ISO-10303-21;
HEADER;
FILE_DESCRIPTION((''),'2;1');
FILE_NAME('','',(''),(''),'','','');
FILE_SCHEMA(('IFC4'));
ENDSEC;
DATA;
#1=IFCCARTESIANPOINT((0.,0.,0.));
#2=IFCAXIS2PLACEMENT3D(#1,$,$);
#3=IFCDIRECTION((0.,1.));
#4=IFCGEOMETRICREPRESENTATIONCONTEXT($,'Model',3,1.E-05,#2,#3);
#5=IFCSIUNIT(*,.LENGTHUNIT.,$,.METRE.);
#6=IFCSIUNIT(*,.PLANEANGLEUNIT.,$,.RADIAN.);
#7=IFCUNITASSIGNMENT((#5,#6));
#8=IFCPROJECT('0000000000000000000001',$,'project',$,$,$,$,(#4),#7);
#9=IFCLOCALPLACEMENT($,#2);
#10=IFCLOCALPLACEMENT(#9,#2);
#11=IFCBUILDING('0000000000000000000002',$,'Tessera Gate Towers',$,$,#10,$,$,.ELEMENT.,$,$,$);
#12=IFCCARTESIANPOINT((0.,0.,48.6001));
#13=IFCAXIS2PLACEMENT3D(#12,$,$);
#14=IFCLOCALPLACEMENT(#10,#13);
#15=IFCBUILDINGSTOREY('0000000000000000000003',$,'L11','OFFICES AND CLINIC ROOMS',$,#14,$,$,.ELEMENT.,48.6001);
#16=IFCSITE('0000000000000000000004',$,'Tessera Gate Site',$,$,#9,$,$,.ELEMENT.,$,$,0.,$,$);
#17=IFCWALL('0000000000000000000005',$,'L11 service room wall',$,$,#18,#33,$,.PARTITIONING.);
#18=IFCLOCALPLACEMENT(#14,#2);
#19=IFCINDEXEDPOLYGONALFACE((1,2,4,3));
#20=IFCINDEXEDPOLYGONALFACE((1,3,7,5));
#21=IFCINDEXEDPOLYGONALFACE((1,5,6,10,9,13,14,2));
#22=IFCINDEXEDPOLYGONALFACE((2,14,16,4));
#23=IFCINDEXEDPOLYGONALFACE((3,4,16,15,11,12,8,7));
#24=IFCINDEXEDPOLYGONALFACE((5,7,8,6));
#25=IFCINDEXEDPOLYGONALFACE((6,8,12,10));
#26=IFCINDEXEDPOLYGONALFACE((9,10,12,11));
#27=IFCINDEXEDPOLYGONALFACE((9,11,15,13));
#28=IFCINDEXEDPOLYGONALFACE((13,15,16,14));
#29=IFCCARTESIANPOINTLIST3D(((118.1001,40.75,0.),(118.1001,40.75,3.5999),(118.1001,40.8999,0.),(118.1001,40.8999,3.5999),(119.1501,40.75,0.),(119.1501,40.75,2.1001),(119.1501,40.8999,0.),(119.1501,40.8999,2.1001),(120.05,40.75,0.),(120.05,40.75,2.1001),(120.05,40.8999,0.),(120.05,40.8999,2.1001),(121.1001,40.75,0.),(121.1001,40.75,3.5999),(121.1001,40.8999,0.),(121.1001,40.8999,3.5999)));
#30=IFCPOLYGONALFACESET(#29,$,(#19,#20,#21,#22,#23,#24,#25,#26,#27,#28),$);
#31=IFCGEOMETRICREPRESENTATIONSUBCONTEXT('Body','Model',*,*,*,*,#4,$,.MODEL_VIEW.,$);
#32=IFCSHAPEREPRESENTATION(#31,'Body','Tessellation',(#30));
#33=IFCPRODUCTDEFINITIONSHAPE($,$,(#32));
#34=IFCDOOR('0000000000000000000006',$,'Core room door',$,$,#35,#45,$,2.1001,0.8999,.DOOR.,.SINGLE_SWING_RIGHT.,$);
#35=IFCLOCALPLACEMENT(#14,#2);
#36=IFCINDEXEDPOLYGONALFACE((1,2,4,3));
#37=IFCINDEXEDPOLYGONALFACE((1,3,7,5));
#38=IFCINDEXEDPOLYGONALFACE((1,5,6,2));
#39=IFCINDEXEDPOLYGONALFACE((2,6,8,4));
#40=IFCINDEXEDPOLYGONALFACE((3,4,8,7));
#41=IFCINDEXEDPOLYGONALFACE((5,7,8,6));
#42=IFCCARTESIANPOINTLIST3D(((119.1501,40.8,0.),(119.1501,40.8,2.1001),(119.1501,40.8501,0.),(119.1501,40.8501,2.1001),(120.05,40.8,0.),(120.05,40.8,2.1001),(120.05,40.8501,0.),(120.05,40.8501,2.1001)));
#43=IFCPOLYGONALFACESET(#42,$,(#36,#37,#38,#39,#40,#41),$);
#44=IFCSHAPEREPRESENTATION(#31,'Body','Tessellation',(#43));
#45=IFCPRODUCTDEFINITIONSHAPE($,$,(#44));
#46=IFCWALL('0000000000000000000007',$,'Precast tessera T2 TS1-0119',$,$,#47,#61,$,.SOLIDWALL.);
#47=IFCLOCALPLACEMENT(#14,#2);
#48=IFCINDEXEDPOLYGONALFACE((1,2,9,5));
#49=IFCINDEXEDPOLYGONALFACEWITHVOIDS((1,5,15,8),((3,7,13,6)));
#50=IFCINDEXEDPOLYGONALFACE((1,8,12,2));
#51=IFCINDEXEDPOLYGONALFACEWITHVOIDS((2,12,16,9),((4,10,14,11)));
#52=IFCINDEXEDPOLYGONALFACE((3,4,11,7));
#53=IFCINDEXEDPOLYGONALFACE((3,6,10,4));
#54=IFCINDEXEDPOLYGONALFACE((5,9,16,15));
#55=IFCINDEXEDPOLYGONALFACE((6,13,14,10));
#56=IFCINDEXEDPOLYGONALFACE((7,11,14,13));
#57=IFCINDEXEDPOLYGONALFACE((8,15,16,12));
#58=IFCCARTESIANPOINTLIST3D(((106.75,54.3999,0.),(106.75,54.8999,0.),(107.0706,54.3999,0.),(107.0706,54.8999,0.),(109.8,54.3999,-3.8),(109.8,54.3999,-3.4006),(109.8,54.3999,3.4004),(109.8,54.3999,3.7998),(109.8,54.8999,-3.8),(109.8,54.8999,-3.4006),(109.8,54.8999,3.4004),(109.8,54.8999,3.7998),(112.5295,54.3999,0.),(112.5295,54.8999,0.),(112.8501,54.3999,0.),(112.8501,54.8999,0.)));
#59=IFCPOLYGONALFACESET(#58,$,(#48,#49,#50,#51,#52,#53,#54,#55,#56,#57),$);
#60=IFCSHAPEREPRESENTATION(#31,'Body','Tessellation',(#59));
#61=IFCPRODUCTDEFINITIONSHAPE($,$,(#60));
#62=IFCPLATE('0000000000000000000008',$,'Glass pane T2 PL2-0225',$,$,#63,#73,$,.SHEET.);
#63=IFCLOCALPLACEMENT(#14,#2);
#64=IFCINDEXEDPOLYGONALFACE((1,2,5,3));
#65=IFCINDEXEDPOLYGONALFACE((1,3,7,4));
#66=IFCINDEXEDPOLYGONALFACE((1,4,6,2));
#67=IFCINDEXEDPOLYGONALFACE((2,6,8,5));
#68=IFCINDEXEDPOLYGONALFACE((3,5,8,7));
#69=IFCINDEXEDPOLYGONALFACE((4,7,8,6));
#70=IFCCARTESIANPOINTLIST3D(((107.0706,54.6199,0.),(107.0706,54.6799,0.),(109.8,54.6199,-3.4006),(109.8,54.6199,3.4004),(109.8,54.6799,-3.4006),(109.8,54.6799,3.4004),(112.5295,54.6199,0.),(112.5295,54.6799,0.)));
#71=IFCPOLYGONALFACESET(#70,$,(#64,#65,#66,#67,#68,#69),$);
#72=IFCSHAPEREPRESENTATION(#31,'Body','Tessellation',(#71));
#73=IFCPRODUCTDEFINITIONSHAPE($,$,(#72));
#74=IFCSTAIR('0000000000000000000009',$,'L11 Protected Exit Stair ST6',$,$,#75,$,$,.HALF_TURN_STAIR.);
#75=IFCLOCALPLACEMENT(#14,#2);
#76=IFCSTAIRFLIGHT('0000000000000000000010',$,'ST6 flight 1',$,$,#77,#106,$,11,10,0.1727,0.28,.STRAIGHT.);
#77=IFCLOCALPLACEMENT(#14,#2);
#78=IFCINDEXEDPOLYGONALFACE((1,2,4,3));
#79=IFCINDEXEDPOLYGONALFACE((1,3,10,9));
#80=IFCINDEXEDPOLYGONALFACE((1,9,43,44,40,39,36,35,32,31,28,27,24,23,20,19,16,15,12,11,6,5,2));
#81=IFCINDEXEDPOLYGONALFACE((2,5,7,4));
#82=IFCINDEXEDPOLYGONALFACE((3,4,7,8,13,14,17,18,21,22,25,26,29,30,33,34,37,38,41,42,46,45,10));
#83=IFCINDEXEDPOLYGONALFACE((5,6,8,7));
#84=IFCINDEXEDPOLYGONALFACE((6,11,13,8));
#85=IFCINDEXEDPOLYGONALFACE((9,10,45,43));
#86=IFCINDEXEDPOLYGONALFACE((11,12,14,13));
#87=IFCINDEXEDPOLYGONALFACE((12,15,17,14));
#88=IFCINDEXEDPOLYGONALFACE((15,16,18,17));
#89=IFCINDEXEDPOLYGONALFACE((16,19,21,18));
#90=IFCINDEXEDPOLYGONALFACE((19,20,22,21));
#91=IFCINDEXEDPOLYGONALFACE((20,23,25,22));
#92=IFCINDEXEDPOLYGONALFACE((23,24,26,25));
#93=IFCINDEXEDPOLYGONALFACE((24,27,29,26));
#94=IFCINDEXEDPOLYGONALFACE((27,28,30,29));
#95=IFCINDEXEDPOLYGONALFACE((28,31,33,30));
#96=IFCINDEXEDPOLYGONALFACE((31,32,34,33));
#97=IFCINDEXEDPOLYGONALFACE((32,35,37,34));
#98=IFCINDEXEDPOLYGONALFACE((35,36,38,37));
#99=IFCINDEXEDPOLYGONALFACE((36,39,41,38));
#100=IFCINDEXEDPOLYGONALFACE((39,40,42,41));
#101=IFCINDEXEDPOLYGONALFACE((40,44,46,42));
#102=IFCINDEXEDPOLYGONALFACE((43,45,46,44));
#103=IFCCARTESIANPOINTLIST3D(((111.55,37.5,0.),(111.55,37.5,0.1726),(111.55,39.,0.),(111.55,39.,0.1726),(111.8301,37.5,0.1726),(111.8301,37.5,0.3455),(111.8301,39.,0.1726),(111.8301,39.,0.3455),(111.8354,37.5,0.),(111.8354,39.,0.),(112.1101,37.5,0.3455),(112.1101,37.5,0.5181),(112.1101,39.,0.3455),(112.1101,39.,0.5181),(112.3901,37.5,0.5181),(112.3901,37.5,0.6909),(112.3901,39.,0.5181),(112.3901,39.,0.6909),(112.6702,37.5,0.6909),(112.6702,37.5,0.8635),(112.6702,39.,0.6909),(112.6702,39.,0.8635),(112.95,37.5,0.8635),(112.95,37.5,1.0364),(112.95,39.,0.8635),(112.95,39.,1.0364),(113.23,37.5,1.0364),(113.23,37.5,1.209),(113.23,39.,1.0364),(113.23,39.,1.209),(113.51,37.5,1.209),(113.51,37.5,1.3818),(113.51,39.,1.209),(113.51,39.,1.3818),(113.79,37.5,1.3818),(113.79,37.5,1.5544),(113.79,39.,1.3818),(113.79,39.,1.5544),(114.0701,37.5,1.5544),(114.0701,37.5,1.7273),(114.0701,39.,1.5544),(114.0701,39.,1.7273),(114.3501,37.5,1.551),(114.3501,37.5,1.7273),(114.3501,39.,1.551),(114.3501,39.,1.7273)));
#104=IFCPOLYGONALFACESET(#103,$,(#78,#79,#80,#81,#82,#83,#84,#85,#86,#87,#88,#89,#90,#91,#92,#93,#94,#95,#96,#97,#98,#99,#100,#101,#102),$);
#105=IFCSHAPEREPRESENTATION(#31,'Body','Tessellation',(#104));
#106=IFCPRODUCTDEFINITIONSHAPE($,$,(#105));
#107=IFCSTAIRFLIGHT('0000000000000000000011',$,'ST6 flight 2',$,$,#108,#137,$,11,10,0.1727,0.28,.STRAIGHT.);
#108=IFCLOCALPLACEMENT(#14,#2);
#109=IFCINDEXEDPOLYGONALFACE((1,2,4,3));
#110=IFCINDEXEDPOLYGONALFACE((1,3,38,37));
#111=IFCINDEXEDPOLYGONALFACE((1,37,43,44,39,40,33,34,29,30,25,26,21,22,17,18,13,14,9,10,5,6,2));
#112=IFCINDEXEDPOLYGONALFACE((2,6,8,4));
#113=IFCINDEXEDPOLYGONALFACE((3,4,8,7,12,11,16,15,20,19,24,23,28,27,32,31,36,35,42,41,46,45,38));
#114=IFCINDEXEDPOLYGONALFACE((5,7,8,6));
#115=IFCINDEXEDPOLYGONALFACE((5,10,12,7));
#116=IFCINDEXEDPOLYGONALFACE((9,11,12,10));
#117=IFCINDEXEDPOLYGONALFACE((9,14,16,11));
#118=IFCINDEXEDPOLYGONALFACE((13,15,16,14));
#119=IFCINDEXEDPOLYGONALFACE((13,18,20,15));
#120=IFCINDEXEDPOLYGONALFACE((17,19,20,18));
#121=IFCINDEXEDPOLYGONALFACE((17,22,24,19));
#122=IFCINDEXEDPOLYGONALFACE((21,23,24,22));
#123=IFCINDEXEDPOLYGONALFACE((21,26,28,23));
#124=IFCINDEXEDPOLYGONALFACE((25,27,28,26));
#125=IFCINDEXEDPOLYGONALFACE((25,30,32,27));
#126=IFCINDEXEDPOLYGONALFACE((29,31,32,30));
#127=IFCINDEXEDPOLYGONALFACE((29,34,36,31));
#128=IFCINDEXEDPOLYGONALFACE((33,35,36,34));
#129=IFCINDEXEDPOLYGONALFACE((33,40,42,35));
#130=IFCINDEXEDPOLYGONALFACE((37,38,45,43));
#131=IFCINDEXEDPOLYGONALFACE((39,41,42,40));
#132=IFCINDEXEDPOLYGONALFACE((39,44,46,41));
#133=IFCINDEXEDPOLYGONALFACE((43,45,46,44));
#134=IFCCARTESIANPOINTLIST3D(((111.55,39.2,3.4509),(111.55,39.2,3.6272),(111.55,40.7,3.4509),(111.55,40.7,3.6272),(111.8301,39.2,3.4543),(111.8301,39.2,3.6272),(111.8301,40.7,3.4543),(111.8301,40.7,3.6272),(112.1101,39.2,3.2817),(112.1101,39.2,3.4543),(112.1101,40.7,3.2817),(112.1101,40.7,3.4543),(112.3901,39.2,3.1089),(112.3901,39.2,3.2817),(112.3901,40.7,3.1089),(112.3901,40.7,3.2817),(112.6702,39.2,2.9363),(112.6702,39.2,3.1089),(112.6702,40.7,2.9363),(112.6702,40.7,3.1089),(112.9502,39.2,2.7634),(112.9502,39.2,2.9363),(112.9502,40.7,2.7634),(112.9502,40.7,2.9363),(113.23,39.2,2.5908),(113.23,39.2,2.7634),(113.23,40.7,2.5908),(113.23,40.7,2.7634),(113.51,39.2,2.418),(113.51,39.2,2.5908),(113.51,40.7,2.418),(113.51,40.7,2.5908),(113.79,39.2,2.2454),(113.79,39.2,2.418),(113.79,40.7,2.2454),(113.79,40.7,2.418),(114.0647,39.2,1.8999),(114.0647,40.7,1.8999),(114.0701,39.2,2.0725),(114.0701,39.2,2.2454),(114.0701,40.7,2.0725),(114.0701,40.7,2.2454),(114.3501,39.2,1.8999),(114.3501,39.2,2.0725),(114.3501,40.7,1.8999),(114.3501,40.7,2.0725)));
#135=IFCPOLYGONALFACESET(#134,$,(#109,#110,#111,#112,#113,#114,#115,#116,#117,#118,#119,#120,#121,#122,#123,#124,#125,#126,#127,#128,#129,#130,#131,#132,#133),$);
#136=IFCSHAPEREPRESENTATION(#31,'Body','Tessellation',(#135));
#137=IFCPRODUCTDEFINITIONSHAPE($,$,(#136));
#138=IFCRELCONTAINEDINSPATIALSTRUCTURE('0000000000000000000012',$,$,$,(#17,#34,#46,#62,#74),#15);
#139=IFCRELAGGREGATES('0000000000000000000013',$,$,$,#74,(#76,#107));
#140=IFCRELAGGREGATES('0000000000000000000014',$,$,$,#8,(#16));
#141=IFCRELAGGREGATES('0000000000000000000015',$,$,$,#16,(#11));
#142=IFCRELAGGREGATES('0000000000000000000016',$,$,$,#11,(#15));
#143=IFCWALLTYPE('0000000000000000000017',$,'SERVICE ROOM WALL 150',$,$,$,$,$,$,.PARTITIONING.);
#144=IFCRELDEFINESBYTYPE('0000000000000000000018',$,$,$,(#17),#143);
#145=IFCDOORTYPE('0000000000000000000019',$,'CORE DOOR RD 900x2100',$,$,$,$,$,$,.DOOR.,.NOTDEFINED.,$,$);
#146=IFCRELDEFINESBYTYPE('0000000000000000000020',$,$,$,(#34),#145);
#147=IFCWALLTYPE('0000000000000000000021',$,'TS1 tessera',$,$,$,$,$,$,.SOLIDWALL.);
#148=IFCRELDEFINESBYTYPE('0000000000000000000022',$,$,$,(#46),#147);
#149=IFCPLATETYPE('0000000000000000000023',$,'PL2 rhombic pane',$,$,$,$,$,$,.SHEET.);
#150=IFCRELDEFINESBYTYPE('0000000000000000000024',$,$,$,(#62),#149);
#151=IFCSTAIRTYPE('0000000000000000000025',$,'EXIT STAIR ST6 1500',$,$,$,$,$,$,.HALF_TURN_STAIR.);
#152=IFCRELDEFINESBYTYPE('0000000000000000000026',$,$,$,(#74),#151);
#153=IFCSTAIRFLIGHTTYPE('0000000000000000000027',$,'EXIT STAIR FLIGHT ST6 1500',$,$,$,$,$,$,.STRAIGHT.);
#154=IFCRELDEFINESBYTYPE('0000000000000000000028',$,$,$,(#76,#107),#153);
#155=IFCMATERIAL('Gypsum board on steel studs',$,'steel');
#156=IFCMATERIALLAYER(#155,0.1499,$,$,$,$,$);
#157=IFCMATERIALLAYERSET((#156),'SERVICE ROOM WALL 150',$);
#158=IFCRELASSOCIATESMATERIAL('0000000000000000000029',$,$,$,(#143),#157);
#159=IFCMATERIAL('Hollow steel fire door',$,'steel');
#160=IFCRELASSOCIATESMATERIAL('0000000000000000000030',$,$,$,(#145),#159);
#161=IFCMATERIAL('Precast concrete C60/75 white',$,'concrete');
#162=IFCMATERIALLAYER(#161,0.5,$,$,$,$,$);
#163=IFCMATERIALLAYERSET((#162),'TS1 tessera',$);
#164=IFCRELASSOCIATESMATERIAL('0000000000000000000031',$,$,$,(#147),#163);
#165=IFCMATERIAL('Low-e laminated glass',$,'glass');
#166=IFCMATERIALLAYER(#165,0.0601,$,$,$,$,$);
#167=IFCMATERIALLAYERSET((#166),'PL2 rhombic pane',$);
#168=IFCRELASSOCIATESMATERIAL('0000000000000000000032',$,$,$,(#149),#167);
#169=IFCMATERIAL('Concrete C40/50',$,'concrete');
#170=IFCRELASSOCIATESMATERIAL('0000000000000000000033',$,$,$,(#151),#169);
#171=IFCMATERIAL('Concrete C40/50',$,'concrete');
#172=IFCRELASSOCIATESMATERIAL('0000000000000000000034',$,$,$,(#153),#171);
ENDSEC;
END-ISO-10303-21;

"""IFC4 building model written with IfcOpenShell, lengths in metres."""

from ifc_helpers import new_model, si_unit, direction, frame, frame_2d, origin, place, context, subcontext, project, spatial, polyline, rectangle, outline, extrude, source, transform, mapped, material, layer, layer_set, type_object, element, fill, aggregate, save


model = new_model("IFC4")

# Units and contexts
model_context = context("Model", 3, precision=1e-05, world=origin(), true_north=direction((0.0, 1.0)))
body_context = subcontext(model_context, "Body", "Model", "MODEL_VIEW")
ifc_project = project(units=[si_unit("LENGTHUNIT", "METRE"), si_unit("PLANEANGLEUNIT", "RADIAN")], contexts=[model_context])

# Site, building, storey
site_placement = place(None, origin())
site = spatial("IfcSite", under=ifc_project, at=site_placement, Name="Tessera Gate Site", CompositionType="ELEMENT", RefElevation=0.0)
building_placement = place(site_placement, origin())
building = spatial("IfcBuilding", under=site, at=building_placement, Name="Tessera Gate Towers", CompositionType="ELEMENT")
storey_placement = place(building_placement, frame((0.0, 0.0, 48.6001)))
storey = spatial("IfcBuildingStorey", under=building, at=storey_placement, Name="L11", Description="OFFICES AND CLINIC ROOMS", CompositionType="ELEMENT", Elevation=48.6001)

# Wall, opening, door
ifc_material_1 = material(Name="Gypsum board on steel studs", Category="steel")
ifc_layer_1 = layer(ifc_material_1, 0.1499)
ifc_layer_set_1 = layer_set([ifc_layer_1], Name="SERVICE ROOM WALL 150")
wall_type_1 = type_object("IfcWallType", Name="SERVICE ROOM WALL 150", PredefinedType="PARTITIONING", material=ifc_layer_set_1)
wall_1_placement = place(storey_placement, frame((121.1001, 40.825, 0.0), z_axis=(0.0, 0.0, 1.0), x_axis=(-1.0, 0.0, 0.0)))
wall_1 = element("IfcWall", 1, at=wall_1_placement, inside=storey, type_object=wall_type_1, Name="L11 service room wall", PredefinedType="PARTITIONING", context=body_context, shape_type="SweptSolid", body=[
    extrude(rectangle(XDim=3.0, YDim=0.1499, at=frame_2d((1.5, 0.0))), origin(), (0.0, 0.0, 1.0), 3.5999),
])
shared_shape_1 = source(origin(), body_context, "Body", "SweptSolid", [
    extrude(rectangle(XDim=0.8999, YDim=2.1001, at=frame_2d((0.45, 1.05))), frame((0.0, 0.085, 0.0), z_axis=(0.0, -1.0, 0.0), x_axis=(1.0, 0.0, 0.0)), (0.0, 0.0, 1.0), 0.1699),
])
opening_1_placement = place(wall_1_placement, frame((1.05, 0.0, 0.0)))
opening_1 = element("IfcOpeningElement", 2, at=opening_1_placement, cuts=wall_1, PredefinedType="OPENING", context=body_context, shape_type="MappedRepresentation", body=[
    mapped(shared_shape_1, transform((0.0, 0.0, 0.0), scale=1.0)),
])
ifc_material_2 = material(Name="Hollow steel fire door", Category="steel")
door_type_1 = type_object("IfcDoorType", Name="CORE DOOR RD 900x2100", OperationType="NOTDEFINED", PredefinedType="DOOR", material=ifc_material_2)
shared_shape_2 = source(origin(), body_context, "Body", "SweptSolid", [
    extrude(rectangle(XDim=0.8999, YDim=2.1001, at=frame_2d((0.45, 1.05))), frame((0.0, 0.0249, 0.0), z_axis=(0.0, -1.0, 0.0), x_axis=(1.0, 0.0, 0.0)), (0.0, 0.0, 1.0), 0.05),
])
door_1_placement = place(opening_1_placement, origin())
door_1 = element("IfcDoor", 3, at=door_1_placement, inside=storey, type_object=door_type_1, Name="Core room door", OperationType="SINGLE_SWING_RIGHT", OverallHeight=2.1001, OverallWidth=0.8999, PredefinedType="DOOR", context=body_context, shape_type="MappedRepresentation", body=[
    mapped(shared_shape_2, transform((0.0, 0.0, 0.0), scale=1.0)),
])
fill(opening_1, door_1)

# Wall, opening, plate
ifc_material_3 = material(Name="Precast concrete C60/75 white", Category="concrete")
ifc_layer_2 = layer(ifc_material_3, 0.5)
ifc_layer_set_2 = layer_set([ifc_layer_2], Name="TS1 tessera")
wall_type_2 = type_object("IfcWallType", Name="TS1 tessera", PredefinedType="SOLIDWALL", material=ifc_layer_set_2)
shared_shape_3 = source(origin(), body_context, "Body", "SweptSolid", [
    extrude(outline(polyline([(3.05, 0.0), (6.1001, 3.8), (3.05, 7.5999), (0.0, 3.8), (3.05, 0.0)])), frame((0.0, 0.25, 0.0), z_axis=(0.0, -1.0, 0.0), x_axis=(1.0, 0.0, 0.0)), (0.0, 0.0, 1.0), 0.5),
])
wall_2_placement = place(storey_placement, frame((112.8501, 54.6499, -3.8), z_axis=(0.0, 0.0, 1.0), x_axis=(-1.0, 0.0, 0.0)))
wall_2 = element("IfcWall", 4, at=wall_2_placement, inside=storey, type_object=wall_type_2, Name="Precast tessera T2 TS1-0119", PredefinedType="SOLIDWALL", context=body_context, shape_type="MappedRepresentation", body=[
    mapped(shared_shape_3, transform((0.0, 0.0, 0.0), scale=1.0)),
])
shared_shape_4 = source(origin(), body_context, "Body", "SweptSolid", [
    extrude(outline(polyline([(3.05, 0.3994), (5.7795, 3.8), (3.05, 7.2004), (0.3206, 3.8), (3.05, 0.3994)])), frame((0.0, 0.26, 0.0), z_axis=(0.0, -1.0, 0.0), x_axis=(1.0, 0.0, 0.0)), (0.0, 0.0, 1.0), 0.52),
])
opening_2_placement = place(wall_2_placement, origin())
opening_2 = element("IfcOpeningElement", 5, at=opening_2_placement, cuts=wall_2, PredefinedType="OPENING", context=body_context, shape_type="MappedRepresentation", body=[
    mapped(shared_shape_4, transform((0.0, 0.0, 0.0), scale=1.0)),
])
ifc_material_4 = material(Name="Low-e laminated glass", Category="glass")
ifc_layer_3 = layer(ifc_material_4, 0.0601)
ifc_layer_set_3 = layer_set([ifc_layer_3], Name="PL2 rhombic pane")
plate_type = type_object("IfcPlateType", Name="PL2 rhombic pane", PredefinedType="SHEET", material=ifc_layer_set_3)
shared_shape_5 = source(origin(), body_context, "Body", "SweptSolid", [
    extrude(outline(polyline([(3.05, 0.3994), (5.7795, 3.8), (3.05, 7.2004), (0.3206, 3.8), (3.05, 0.3994)])), frame((0.0, 0.03, 0.0), z_axis=(0.0, -1.0, 0.0), x_axis=(1.0, 0.0, 0.0)), (0.0, 0.0, 1.0), 0.0601),
])
plate_placement = place(opening_2_placement, origin())
plate = element("IfcPlate", 6, at=plate_placement, inside=storey, type_object=plate_type, Name="Glass pane T2 PL2-0225", PredefinedType="SHEET", context=body_context, shape_type="MappedRepresentation", body=[
    mapped(shared_shape_5, transform((0.0, 0.0, 0.0), scale=1.0)),
])
fill(opening_2, plate)

# Stair, stair flights
ifc_material_5 = material(Name="Concrete C40/50", Category="concrete")
stair_type = type_object("IfcStairType", Name="EXIT STAIR ST6 1500", PredefinedType="HALF_TURN_STAIR", material=ifc_material_5)
stair_placement = place(storey_placement, origin())
stair = element("IfcStair", 7, at=stair_placement, inside=storey, type_object=stair_type, Name="L11 Protected Exit Stair ST6", PredefinedType="HALF_TURN_STAIR")
ifc_material_6 = material(Name="Concrete C40/50", Category="concrete")
stair_flight_type = type_object("IfcStairFlightType", Name="EXIT STAIR FLIGHT ST6 1500", PredefinedType="STRAIGHT", material=ifc_material_6)
stair_flight_1_placement = place(storey_placement, frame((111.55, 38.25, 0.0), z_axis=(0.0, 0.0, 1.0), x_axis=(1.0, 0.0, 0.0)))
stair_flight_1 = element("IfcStairFlight", 8, at=stair_flight_1_placement, type_object=stair_flight_type, Name="ST6 flight 1", NumberOfRisers=11, NumberOfTreads=10, PredefinedType="STRAIGHT", RiserHeight=0.1727, TreadLength=0.28, context=body_context, shape_type="SweptSolid", body=[
    extrude(outline(polyline([(0.0, 0.0), (0.0, 0.1726), (0.28, 0.1726), (0.28, 0.3455), (0.5601, 0.3455), (0.5601, 0.5181), (0.8401, 0.5181), (0.8401, 0.6909), (1.1201, 0.6909), (1.1201, 0.8635), (1.3999, 0.8635), (1.3999, 1.0364), (1.6799, 1.0364), (1.6799, 1.209), (1.96, 1.209), (1.96, 1.3818), (2.24, 1.3818), (2.24, 1.5544), (2.52, 1.5544), (2.52, 1.7273), (2.8, 1.7273), (2.8, 1.8999), (2.8, 1.551), (0.2854, 0.0), (0.0, 0.0)])), frame((0.0, 0.75, 0.0), z_axis=(0.0, -1.0, 0.0), x_axis=(1.0, 0.0, 0.0)), (0.0, 0.0, 1.0), 1.5),
])
stair_flight_2_placement = place(storey_placement, frame((114.3501, 39.95, 1.8999), z_axis=(0.0, 0.0, 1.0), x_axis=(-1.0, 0.0, 0.0)))
stair_flight_2 = element("IfcStairFlight", 9, at=stair_flight_2_placement, type_object=stair_flight_type, Name="ST6 flight 2", NumberOfRisers=11, NumberOfTreads=10, PredefinedType="STRAIGHT", RiserHeight=0.1727, TreadLength=0.28, context=body_context, shape_type="SweptSolid", body=[
    extrude(outline(polyline([(0.0, 0.0), (0.0, 0.1726), (0.28, 0.1726), (0.28, 0.3455), (0.5601, 0.3455), (0.5601, 0.5181), (0.8401, 0.5181), (0.8401, 0.6909), (1.1201, 0.6909), (1.1201, 0.8635), (1.3999, 0.8635), (1.3999, 1.0364), (1.6799, 1.0364), (1.6799, 1.209), (1.96, 1.209), (1.96, 1.3818), (2.24, 1.3818), (2.24, 1.5544), (2.52, 1.5544), (2.52, 1.7273), (2.8, 1.7273), (2.8, 1.8999), (2.8, 1.551), (0.2854, 0.0), (0.0, 0.0)])), frame((0.0, 0.75, 0.0), z_axis=(0.0, -1.0, 0.0), x_axis=(1.0, 0.0, 0.0)), (0.0, 0.0, 1.0), 1.5),
])
aggregate(stair, [stair_flight_1, stair_flight_2])

save(model, "model.ifc")
